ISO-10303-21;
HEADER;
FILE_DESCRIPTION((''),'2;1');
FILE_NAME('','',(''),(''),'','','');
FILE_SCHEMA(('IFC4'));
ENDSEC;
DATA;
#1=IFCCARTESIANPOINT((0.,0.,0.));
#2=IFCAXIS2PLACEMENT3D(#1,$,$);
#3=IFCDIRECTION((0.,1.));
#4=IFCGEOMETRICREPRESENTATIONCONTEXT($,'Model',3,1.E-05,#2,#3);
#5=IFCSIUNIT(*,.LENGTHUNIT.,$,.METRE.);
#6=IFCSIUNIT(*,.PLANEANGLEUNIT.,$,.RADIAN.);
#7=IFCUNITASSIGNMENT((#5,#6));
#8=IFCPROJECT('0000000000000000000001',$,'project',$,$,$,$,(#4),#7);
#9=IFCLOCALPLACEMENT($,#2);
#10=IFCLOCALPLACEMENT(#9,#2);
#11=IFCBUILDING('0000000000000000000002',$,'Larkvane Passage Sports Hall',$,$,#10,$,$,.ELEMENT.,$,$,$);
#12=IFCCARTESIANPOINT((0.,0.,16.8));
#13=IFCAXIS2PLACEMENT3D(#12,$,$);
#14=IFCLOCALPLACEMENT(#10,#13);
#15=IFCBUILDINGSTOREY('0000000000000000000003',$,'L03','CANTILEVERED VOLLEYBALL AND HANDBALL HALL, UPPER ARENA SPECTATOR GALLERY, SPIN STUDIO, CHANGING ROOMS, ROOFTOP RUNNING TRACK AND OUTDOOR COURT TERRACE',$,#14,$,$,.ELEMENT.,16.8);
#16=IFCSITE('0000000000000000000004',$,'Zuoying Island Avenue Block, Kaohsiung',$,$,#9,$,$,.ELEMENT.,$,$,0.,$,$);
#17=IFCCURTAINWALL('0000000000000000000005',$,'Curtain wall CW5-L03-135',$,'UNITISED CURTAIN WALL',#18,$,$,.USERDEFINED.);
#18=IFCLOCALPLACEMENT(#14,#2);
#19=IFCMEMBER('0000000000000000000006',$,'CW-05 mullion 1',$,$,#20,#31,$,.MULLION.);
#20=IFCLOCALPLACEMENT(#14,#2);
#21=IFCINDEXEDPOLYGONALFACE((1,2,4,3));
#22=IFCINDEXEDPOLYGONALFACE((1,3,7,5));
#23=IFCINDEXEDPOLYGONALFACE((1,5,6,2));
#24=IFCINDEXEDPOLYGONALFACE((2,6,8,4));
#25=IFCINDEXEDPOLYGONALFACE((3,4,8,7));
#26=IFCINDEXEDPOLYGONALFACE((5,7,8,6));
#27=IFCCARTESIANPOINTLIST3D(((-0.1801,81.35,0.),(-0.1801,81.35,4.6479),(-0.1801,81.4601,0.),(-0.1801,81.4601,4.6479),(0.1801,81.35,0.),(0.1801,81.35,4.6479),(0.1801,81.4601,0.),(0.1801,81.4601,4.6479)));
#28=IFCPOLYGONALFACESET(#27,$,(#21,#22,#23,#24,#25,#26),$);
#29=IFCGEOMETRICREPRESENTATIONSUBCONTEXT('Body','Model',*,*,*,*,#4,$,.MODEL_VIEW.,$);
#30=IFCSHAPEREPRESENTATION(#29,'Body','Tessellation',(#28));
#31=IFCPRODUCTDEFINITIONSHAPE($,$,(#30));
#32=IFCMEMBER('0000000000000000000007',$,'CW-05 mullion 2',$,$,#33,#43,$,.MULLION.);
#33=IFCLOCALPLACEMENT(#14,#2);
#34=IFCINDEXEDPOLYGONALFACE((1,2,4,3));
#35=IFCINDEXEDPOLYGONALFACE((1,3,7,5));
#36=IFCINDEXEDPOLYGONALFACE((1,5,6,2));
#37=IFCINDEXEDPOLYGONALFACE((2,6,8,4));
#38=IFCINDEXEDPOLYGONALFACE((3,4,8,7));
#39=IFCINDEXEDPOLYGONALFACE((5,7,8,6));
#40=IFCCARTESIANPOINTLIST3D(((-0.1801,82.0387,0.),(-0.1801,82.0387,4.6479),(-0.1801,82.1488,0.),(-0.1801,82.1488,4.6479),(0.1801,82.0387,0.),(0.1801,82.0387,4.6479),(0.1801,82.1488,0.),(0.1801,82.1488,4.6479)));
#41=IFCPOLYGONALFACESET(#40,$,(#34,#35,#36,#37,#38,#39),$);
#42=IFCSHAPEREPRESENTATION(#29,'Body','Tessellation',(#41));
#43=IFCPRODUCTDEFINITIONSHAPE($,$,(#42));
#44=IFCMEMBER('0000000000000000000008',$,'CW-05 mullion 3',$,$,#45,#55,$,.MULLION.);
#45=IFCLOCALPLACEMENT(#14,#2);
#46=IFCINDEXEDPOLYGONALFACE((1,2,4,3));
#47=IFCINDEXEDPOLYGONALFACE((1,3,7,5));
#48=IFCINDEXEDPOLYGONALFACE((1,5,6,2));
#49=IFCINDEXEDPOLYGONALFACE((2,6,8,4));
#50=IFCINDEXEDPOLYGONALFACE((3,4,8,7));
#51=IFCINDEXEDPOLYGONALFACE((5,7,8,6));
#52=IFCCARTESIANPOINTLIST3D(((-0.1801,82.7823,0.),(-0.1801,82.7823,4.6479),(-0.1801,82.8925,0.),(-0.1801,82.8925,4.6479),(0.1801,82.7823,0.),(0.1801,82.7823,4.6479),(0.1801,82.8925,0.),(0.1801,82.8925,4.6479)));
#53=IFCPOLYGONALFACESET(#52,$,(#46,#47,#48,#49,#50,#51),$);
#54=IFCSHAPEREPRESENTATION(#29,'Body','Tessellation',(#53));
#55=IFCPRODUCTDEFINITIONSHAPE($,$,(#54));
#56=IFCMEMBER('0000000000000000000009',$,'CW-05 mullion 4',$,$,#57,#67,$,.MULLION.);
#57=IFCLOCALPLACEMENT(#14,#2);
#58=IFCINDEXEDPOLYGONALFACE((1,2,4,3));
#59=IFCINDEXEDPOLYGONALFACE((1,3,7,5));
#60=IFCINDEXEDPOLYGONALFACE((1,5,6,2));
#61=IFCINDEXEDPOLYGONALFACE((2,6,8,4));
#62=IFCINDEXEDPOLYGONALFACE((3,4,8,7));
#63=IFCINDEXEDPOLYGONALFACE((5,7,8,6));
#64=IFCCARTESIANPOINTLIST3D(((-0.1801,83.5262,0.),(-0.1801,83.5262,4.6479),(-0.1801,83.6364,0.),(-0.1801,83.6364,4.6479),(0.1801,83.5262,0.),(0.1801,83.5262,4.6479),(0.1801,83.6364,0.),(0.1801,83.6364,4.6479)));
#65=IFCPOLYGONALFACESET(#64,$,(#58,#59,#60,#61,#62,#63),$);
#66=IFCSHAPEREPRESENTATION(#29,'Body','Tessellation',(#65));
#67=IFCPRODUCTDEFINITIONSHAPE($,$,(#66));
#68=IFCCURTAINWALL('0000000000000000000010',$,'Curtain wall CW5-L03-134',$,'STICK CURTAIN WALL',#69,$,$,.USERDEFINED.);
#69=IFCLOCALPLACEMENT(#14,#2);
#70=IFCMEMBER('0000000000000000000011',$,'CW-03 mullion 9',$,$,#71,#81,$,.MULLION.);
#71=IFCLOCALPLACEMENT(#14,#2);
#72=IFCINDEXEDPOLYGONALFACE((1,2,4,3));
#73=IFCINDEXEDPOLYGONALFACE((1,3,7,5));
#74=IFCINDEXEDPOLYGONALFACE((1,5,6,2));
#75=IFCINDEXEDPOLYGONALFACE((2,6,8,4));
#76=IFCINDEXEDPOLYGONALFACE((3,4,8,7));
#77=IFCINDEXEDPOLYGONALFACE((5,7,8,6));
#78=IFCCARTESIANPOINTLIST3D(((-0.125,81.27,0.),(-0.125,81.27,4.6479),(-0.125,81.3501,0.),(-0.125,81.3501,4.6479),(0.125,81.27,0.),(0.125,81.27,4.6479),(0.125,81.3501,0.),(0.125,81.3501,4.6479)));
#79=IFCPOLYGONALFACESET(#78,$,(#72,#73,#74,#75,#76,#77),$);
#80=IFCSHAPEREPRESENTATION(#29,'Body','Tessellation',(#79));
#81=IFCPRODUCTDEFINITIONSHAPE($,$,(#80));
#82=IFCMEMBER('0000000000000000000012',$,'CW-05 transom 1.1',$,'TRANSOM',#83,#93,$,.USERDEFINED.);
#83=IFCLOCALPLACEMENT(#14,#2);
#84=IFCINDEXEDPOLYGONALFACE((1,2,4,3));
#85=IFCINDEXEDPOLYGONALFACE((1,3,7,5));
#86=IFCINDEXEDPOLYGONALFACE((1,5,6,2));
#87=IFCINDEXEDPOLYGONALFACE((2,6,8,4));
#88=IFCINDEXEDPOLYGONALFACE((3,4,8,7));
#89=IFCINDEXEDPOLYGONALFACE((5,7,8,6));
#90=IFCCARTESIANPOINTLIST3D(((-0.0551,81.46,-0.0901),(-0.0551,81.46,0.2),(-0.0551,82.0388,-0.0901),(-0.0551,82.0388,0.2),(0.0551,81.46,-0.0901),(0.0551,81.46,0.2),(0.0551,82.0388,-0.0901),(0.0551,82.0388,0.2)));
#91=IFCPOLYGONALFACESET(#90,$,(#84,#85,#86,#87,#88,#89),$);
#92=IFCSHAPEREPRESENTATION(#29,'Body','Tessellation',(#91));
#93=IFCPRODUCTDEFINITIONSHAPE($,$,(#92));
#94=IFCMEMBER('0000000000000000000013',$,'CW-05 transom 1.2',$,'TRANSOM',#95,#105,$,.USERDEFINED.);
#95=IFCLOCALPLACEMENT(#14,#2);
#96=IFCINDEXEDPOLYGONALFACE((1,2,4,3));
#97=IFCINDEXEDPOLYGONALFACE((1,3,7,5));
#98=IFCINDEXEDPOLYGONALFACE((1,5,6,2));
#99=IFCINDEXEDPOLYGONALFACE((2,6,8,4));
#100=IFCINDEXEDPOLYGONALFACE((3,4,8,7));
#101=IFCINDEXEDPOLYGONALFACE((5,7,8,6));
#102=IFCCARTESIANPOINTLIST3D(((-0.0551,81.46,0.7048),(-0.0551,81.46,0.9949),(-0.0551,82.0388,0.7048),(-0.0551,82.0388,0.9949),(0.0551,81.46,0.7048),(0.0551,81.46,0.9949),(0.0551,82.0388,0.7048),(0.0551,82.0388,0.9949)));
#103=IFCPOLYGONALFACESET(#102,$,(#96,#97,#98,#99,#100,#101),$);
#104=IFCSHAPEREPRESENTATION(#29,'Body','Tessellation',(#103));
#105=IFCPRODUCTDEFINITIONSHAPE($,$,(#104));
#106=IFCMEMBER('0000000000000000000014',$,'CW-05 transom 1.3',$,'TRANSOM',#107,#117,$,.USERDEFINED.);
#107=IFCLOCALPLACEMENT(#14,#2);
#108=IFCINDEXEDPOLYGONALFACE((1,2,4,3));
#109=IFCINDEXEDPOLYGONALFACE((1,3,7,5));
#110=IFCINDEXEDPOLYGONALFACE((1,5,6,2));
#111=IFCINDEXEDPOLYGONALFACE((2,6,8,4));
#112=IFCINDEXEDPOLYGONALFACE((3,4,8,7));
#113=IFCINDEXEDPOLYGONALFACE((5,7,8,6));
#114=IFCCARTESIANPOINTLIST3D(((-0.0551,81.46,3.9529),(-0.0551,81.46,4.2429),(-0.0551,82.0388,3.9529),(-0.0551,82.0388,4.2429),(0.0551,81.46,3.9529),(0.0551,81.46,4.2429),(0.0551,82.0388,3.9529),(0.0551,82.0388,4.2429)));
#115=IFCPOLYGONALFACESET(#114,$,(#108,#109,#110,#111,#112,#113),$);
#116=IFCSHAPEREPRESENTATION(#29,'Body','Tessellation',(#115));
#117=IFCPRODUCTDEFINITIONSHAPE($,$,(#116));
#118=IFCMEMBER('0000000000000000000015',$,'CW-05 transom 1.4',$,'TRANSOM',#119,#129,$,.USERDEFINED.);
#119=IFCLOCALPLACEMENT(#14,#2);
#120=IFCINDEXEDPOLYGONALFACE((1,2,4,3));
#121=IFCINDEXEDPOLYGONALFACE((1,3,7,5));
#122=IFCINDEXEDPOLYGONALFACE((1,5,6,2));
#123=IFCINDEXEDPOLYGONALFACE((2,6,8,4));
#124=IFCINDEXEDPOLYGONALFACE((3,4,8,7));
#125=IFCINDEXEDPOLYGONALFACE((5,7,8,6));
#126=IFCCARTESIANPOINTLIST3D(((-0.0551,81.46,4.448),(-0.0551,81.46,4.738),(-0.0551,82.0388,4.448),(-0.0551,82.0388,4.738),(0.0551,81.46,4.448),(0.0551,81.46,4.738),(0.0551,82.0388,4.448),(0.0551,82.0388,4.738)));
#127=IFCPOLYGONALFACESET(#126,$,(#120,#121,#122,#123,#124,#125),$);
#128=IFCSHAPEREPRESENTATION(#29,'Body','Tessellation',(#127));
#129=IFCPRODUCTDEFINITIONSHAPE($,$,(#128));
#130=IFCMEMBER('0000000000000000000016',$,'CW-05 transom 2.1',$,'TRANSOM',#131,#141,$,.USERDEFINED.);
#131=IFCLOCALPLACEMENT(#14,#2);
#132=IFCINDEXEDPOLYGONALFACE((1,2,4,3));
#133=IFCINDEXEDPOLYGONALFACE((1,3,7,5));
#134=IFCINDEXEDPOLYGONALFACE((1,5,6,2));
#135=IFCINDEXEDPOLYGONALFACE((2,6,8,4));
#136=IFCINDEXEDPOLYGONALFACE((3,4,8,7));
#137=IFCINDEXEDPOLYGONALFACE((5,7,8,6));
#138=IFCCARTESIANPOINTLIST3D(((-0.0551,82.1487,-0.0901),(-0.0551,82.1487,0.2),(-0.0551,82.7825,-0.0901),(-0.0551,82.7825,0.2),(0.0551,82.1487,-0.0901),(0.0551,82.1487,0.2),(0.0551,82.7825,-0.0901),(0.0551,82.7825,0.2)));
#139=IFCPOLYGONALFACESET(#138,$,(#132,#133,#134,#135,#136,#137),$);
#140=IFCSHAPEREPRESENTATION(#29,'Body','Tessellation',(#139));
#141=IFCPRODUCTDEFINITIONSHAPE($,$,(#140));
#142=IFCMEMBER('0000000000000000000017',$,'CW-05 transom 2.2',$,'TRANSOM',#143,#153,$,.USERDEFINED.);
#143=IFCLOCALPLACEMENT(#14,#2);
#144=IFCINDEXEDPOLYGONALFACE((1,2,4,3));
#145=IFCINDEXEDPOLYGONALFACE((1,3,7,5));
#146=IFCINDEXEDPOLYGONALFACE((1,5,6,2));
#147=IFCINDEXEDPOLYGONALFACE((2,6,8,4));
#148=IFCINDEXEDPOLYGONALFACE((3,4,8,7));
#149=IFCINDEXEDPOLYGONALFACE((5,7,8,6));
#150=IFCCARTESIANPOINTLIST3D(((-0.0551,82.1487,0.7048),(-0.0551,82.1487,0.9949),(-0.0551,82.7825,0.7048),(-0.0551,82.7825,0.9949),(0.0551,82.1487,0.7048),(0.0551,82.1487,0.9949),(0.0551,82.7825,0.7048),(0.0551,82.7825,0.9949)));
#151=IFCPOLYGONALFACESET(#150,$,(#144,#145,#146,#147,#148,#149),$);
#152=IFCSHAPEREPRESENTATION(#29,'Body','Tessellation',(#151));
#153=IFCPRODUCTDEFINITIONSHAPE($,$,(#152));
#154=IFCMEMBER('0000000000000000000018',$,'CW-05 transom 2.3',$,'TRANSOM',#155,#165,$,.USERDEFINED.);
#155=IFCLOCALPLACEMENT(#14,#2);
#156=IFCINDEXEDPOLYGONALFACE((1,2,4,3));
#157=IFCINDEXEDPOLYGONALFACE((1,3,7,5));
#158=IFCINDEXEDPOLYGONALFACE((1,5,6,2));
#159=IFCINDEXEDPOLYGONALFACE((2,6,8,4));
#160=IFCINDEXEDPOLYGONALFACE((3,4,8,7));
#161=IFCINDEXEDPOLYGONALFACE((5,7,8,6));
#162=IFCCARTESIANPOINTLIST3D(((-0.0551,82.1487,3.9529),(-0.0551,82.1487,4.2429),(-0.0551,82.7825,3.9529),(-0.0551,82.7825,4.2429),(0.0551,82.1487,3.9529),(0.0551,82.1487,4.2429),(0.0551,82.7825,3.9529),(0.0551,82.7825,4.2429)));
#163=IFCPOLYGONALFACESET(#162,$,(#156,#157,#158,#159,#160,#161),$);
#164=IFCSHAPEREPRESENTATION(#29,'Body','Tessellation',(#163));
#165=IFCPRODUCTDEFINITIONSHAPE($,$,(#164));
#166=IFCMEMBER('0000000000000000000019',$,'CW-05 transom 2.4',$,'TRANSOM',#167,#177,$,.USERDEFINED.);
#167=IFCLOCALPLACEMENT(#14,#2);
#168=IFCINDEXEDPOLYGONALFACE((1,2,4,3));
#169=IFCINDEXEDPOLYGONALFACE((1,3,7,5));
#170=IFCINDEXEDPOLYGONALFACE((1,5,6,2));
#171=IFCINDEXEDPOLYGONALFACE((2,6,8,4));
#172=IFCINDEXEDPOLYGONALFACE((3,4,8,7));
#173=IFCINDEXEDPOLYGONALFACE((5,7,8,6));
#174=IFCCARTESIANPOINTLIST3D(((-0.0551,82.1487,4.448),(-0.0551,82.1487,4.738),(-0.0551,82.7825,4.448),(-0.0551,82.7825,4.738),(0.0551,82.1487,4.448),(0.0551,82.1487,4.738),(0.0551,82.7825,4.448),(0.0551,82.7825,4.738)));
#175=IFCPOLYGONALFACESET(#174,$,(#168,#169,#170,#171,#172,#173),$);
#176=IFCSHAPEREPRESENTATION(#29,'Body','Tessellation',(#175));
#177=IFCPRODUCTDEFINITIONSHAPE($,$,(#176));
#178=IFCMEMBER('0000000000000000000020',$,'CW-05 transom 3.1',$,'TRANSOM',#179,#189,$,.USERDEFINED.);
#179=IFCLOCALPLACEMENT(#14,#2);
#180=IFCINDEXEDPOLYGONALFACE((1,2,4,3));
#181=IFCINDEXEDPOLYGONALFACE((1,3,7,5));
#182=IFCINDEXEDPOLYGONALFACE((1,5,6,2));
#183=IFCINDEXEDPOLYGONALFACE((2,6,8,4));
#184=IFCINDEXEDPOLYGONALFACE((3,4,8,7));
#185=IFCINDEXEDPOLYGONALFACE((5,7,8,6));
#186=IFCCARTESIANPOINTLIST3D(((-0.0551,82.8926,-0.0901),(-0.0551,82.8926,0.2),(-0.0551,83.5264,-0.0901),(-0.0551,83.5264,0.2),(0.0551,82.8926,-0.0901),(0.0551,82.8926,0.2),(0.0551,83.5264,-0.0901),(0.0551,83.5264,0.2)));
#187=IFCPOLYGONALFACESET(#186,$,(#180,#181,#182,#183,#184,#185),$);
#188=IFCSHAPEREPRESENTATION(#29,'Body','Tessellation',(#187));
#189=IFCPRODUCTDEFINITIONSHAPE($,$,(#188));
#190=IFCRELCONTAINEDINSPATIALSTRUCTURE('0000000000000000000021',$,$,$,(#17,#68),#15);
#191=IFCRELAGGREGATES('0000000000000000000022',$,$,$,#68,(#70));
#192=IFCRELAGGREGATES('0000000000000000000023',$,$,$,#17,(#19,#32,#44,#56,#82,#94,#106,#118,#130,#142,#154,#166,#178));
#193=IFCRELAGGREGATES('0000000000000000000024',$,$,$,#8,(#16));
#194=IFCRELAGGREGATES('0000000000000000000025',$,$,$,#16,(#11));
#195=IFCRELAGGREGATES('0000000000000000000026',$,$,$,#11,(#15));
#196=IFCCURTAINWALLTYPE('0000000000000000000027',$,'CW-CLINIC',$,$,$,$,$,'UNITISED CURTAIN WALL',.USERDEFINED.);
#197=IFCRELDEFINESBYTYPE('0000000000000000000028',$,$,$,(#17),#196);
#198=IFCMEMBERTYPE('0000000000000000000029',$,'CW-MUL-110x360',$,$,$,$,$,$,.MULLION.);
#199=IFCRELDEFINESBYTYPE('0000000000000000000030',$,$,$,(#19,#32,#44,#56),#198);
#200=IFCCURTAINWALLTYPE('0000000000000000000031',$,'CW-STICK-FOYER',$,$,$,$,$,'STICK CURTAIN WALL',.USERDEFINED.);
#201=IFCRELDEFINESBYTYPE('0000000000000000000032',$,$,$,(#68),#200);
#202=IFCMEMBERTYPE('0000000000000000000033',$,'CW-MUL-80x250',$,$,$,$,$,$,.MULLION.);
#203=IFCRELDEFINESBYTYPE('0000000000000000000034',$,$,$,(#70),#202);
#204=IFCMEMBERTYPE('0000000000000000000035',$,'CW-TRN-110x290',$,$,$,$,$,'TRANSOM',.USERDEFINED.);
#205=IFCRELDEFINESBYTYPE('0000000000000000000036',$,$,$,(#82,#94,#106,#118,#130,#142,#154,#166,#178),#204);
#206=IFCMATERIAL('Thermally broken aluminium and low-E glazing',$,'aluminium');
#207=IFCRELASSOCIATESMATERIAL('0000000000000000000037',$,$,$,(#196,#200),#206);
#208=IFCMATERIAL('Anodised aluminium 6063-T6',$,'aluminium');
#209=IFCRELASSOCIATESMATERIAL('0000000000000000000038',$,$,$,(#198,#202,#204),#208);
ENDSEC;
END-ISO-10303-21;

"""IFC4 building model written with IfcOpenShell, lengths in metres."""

from ifc_helpers import new_model, si_unit, direction, frame, origin, origin_2d, place, context, subcontext, project, spatial, rectangle, extrude, material, material_profile, profile_set, type_object, element, aggregate, save


model = new_model("IFC4")

# Units and contexts
model_context = context("Model", 3, precision=1e-05, world=origin(), true_north=direction((0.0, 1.0)))
body_context = subcontext(model_context, "Body", "Model", "MODEL_VIEW")
ifc_project = project(units=[si_unit("LENGTHUNIT", "METRE"), si_unit("PLANEANGLEUNIT", "RADIAN")], contexts=[model_context])

# Site, building, storey
site_placement = place(None, origin())
site = spatial("IfcSite", under=ifc_project, at=site_placement, Name="Zuoying Island Avenue Block, Kaohsiung", CompositionType="ELEMENT", RefElevation=0.0)
building_placement = place(site_placement, origin())
building = spatial("IfcBuilding", under=site, at=building_placement, Name="Larkvane Passage Sports Hall", CompositionType="ELEMENT")
storey_placement = place(building_placement, frame((0.0, 0.0, 16.8)))
storey = spatial("IfcBuildingStorey", under=building, at=storey_placement, Name="L03", Description="CANTILEVERED VOLLEYBALL AND HANDBALL HALL, UPPER ARENA SPECTATOR GALLERY, SPIN STUDIO, CHANGING ROOMS, ROOFTOP RUNNING TRACK AND OUTDOOR COURT TERRACE", CompositionType="ELEMENT", Elevation=16.8)

# Curtain wall, members
ifc_material_1 = material(Name="Thermally broken aluminium and low-E glazing", Category="aluminium")
curtain_wall_type_1 = type_object("IfcCurtainWallType", Name="CW-CLINIC", ElementType="UNITISED CURTAIN WALL", PredefinedType="USERDEFINED", material=ifc_material_1)
curtain_wall_1_placement = place(storey_placement, origin())
curtain_wall_1 = element("IfcCurtainWall", 1, at=curtain_wall_1_placement, inside=storey, type_object=curtain_wall_type_1, Name="Curtain wall CW5-L03-135", ObjectType="UNITISED CURTAIN WALL", PredefinedType="USERDEFINED")
ifc_material_2 = material(Name="Anodised aluminium 6063-T6", Category="aluminium")
ifc_material_profile_1 = material_profile(ifc_material_2, rectangle(XDim=0.1101, YDim=0.3601, at=origin_2d()), Name="ALU-MUL-110x360")
ifc_profile_set_1 = profile_set([ifc_material_profile_1], Name="Anodised aluminium 6063-T6")
member_type_1 = type_object("IfcMemberType", Name="CW-MUL-110x360", PredefinedType="MULLION", material=ifc_profile_set_1)
member_1_placement = place(storey_placement, frame((0.0, 81.405, 0.0), z_axis=(0.0, 0.0, 1.0), x_axis=(0.0, 1.0, 0.0)))
member_1 = element("IfcMember", 2, at=member_1_placement, type_object=member_type_1, Name="CW-05 mullion 1", PredefinedType="MULLION", context=body_context, shape_type="SweptSolid", body=[
    extrude(rectangle(XDim=0.1101, YDim=0.3601, at=origin_2d()), origin(), (0.0, 0.0, 1.0), 4.6479),
])
member_2_placement = place(storey_placement, frame((0.0, 82.0938, 0.0), z_axis=(0.0, 0.0, 1.0), x_axis=(0.0, 1.0, 0.0)))
member_2 = element("IfcMember", 3, at=member_2_placement, type_object=member_type_1, Name="CW-05 mullion 2", PredefinedType="MULLION", context=body_context, shape_type="SweptSolid", body=[
    extrude(rectangle(XDim=0.1101, YDim=0.3601, at=origin_2d()), origin(), (0.0, 0.0, 1.0), 4.6479),
])
member_3_placement = place(storey_placement, frame((0.0, 82.8374, 0.0), z_axis=(0.0, 0.0, 1.0), x_axis=(0.0, 1.0, 0.0)))
member_3 = element("IfcMember", 4, at=member_3_placement, type_object=member_type_1, Name="CW-05 mullion 3", PredefinedType="MULLION", context=body_context, shape_type="SweptSolid", body=[
    extrude(rectangle(XDim=0.1101, YDim=0.3601, at=origin_2d()), origin(), (0.0, 0.0, 1.0), 4.6479),
])
member_4_placement = place(storey_placement, frame((0.0, 83.5813, 0.0), z_axis=(0.0, 0.0, 1.0), x_axis=(0.0, 1.0, 0.0)))
member_4 = element("IfcMember", 5, at=member_4_placement, type_object=member_type_1, Name="CW-05 mullion 4", PredefinedType="MULLION", context=body_context, shape_type="SweptSolid", body=[
    extrude(rectangle(XDim=0.1101, YDim=0.3601, at=origin_2d()), origin(), (0.0, 0.0, 1.0), 4.6479),
])

# Curtain wall, member
curtain_wall_type_2 = type_object("IfcCurtainWallType", Name="CW-STICK-FOYER", ElementType="STICK CURTAIN WALL", PredefinedType="USERDEFINED", material=ifc_material_1)
curtain_wall_2_placement = place(storey_placement, origin())
curtain_wall_2 = element("IfcCurtainWall", 6, at=curtain_wall_2_placement, inside=storey, type_object=curtain_wall_type_2, Name="Curtain wall CW5-L03-134", ObjectType="STICK CURTAIN WALL", PredefinedType="USERDEFINED")
ifc_material_profile_2 = material_profile(ifc_material_2, rectangle(XDim=0.0801, YDim=0.25, at=origin_2d()), Name="ALU-MUL-80x250")
ifc_profile_set_2 = profile_set([ifc_material_profile_2], Name="Anodised aluminium 6063-T6")
member_type_2 = type_object("IfcMemberType", Name="CW-MUL-80x250", PredefinedType="MULLION", material=ifc_profile_set_2)
member_5_placement = place(storey_placement, frame((0.0, 81.3101, 0.0), z_axis=(0.0, 0.0, 1.0), x_axis=(0.0, 1.0, 0.0)))
member_5 = element("IfcMember", 7, at=member_5_placement, type_object=member_type_2, Name="CW-03 mullion 9", PredefinedType="MULLION", context=body_context, shape_type="SweptSolid", body=[
    extrude(rectangle(XDim=0.0801, YDim=0.25, at=origin_2d()), origin(), (0.0, 0.0, 1.0), 4.6479),
])

# Members
ifc_material_profile_3 = material_profile(ifc_material_2, rectangle(XDim=0.1101, YDim=0.29, at=origin_2d()), Name="ALU-TRN-110x290")
ifc_profile_set_3 = profile_set([ifc_material_profile_3], Name="Anodised aluminium 6063-T6")
member_type_3 = type_object("IfcMemberType", Name="CW-TRN-110x290", ElementType="TRANSOM", PredefinedType="USERDEFINED", material=ifc_profile_set_3)
member_6_placement = place(storey_placement, frame((0.0, 81.46, 0.0549), z_axis=(0.0, 1.0, 0.0), x_axis=(-1.0, 0.0, 0.0)))
member_6 = element("IfcMember", 8, at=member_6_placement, type_object=member_type_3, Name="CW-05 transom 1.1", ObjectType="TRANSOM", PredefinedType="USERDEFINED", context=body_context, shape_type="SweptSolid", body=[
    extrude(rectangle(XDim=0.1101, YDim=0.29, at=origin_2d()), origin(), (0.0, 0.0, 1.0), 0.5789),
])
member_7_placement = place(storey_placement, frame((0.0, 81.46, 0.8499), z_axis=(0.0, 1.0, 0.0), x_axis=(-1.0, 0.0, 0.0)))
member_7 = element("IfcMember", 9, at=member_7_placement, type_object=member_type_3, Name="CW-05 transom 1.2", ObjectType="TRANSOM", PredefinedType="USERDEFINED", context=body_context, shape_type="SweptSolid", body=[
    extrude(rectangle(XDim=0.1101, YDim=0.29, at=origin_2d()), origin(), (0.0, 0.0, 1.0), 0.5789),
])
member_8_placement = place(storey_placement, frame((0.0, 81.46, 4.0979), z_axis=(0.0, 1.0, 0.0), x_axis=(-1.0, 0.0, 0.0)))
member_8 = element("IfcMember", 10, at=member_8_placement, type_object=member_type_3, Name="CW-05 transom 1.3", ObjectType="TRANSOM", PredefinedType="USERDEFINED", context=body_context, shape_type="SweptSolid", body=[
    extrude(rectangle(XDim=0.1101, YDim=0.29, at=origin_2d()), origin(), (0.0, 0.0, 1.0), 0.5789),
])
member_9_placement = place(storey_placement, frame((0.0, 81.46, 4.593), z_axis=(0.0, 1.0, 0.0), x_axis=(-1.0, 0.0, 0.0)))
member_9 = element("IfcMember", 11, at=member_9_placement, type_object=member_type_3, Name="CW-05 transom 1.4", ObjectType="TRANSOM", PredefinedType="USERDEFINED", context=body_context, shape_type="SweptSolid", body=[
    extrude(rectangle(XDim=0.1101, YDim=0.29, at=origin_2d()), origin(), (0.0, 0.0, 1.0), 0.5789),
])
member_10_placement = place(storey_placement, frame((0.0, 82.1487, 0.0549), z_axis=(0.0, 1.0, 0.0), x_axis=(-1.0, 0.0, 0.0)))
member_10 = element("IfcMember", 12, at=member_10_placement, type_object=member_type_3, Name="CW-05 transom 2.1", ObjectType="TRANSOM", PredefinedType="USERDEFINED", context=body_context, shape_type="SweptSolid", body=[
    extrude(rectangle(XDim=0.1101, YDim=0.29, at=origin_2d()), origin(), (0.0, 0.0, 1.0), 0.6338),
])
member_11_placement = place(storey_placement, frame((0.0, 82.1487, 0.8499), z_axis=(0.0, 1.0, 0.0), x_axis=(-1.0, 0.0, 0.0)))
member_11 = element("IfcMember", 13, at=member_11_placement, type_object=member_type_3, Name="CW-05 transom 2.2", ObjectType="TRANSOM", PredefinedType="USERDEFINED", context=body_context, shape_type="SweptSolid", body=[
    extrude(rectangle(XDim=0.1101, YDim=0.29, at=origin_2d()), origin(), (0.0, 0.0, 1.0), 0.6338),
])
member_12_placement = place(storey_placement, frame((0.0, 82.1487, 4.0979), z_axis=(0.0, 1.0, 0.0), x_axis=(-1.0, 0.0, 0.0)))
member_12 = element("IfcMember", 14, at=member_12_placement, type_object=member_type_3, Name="CW-05 transom 2.3", ObjectType="TRANSOM", PredefinedType="USERDEFINED", context=body_context, shape_type="SweptSolid", body=[
    extrude(rectangle(XDim=0.1101, YDim=0.29, at=origin_2d()), origin(), (0.0, 0.0, 1.0), 0.6338),
])
member_13_placement = place(storey_placement, frame((0.0, 82.1487, 4.593), z_axis=(0.0, 1.0, 0.0), x_axis=(-1.0, 0.0, 0.0)))
member_13 = element("IfcMember", 15, at=member_13_placement, type_object=member_type_3, Name="CW-05 transom 2.4", ObjectType="TRANSOM", PredefinedType="USERDEFINED", context=body_context, shape_type="SweptSolid", body=[
    extrude(rectangle(XDim=0.1101, YDim=0.29, at=origin_2d()), origin(), (0.0, 0.0, 1.0), 0.6338),
])
member_14_placement = place(storey_placement, frame((0.0, 82.8926, 0.0549), z_axis=(0.0, 1.0, 0.0), x_axis=(-1.0, 0.0, 0.0)))
member_14 = element("IfcMember", 16, at=member_14_placement, type_object=member_type_3, Name="CW-05 transom 3.1", ObjectType="TRANSOM", PredefinedType="USERDEFINED", context=body_context, shape_type="SweptSolid", body=[
    extrude(rectangle(XDim=0.1101, YDim=0.29, at=origin_2d()), origin(), (0.0, 0.0, 1.0), 0.6338),
])

aggregate(curtain_wall_2, [member_5])
aggregate(curtain_wall_1, [member_1, member_2, member_3, member_4, member_6, member_7, member_8, member_9, member_10, member_11, member_12, member_13, member_14])

save(model, "model.ifc")
